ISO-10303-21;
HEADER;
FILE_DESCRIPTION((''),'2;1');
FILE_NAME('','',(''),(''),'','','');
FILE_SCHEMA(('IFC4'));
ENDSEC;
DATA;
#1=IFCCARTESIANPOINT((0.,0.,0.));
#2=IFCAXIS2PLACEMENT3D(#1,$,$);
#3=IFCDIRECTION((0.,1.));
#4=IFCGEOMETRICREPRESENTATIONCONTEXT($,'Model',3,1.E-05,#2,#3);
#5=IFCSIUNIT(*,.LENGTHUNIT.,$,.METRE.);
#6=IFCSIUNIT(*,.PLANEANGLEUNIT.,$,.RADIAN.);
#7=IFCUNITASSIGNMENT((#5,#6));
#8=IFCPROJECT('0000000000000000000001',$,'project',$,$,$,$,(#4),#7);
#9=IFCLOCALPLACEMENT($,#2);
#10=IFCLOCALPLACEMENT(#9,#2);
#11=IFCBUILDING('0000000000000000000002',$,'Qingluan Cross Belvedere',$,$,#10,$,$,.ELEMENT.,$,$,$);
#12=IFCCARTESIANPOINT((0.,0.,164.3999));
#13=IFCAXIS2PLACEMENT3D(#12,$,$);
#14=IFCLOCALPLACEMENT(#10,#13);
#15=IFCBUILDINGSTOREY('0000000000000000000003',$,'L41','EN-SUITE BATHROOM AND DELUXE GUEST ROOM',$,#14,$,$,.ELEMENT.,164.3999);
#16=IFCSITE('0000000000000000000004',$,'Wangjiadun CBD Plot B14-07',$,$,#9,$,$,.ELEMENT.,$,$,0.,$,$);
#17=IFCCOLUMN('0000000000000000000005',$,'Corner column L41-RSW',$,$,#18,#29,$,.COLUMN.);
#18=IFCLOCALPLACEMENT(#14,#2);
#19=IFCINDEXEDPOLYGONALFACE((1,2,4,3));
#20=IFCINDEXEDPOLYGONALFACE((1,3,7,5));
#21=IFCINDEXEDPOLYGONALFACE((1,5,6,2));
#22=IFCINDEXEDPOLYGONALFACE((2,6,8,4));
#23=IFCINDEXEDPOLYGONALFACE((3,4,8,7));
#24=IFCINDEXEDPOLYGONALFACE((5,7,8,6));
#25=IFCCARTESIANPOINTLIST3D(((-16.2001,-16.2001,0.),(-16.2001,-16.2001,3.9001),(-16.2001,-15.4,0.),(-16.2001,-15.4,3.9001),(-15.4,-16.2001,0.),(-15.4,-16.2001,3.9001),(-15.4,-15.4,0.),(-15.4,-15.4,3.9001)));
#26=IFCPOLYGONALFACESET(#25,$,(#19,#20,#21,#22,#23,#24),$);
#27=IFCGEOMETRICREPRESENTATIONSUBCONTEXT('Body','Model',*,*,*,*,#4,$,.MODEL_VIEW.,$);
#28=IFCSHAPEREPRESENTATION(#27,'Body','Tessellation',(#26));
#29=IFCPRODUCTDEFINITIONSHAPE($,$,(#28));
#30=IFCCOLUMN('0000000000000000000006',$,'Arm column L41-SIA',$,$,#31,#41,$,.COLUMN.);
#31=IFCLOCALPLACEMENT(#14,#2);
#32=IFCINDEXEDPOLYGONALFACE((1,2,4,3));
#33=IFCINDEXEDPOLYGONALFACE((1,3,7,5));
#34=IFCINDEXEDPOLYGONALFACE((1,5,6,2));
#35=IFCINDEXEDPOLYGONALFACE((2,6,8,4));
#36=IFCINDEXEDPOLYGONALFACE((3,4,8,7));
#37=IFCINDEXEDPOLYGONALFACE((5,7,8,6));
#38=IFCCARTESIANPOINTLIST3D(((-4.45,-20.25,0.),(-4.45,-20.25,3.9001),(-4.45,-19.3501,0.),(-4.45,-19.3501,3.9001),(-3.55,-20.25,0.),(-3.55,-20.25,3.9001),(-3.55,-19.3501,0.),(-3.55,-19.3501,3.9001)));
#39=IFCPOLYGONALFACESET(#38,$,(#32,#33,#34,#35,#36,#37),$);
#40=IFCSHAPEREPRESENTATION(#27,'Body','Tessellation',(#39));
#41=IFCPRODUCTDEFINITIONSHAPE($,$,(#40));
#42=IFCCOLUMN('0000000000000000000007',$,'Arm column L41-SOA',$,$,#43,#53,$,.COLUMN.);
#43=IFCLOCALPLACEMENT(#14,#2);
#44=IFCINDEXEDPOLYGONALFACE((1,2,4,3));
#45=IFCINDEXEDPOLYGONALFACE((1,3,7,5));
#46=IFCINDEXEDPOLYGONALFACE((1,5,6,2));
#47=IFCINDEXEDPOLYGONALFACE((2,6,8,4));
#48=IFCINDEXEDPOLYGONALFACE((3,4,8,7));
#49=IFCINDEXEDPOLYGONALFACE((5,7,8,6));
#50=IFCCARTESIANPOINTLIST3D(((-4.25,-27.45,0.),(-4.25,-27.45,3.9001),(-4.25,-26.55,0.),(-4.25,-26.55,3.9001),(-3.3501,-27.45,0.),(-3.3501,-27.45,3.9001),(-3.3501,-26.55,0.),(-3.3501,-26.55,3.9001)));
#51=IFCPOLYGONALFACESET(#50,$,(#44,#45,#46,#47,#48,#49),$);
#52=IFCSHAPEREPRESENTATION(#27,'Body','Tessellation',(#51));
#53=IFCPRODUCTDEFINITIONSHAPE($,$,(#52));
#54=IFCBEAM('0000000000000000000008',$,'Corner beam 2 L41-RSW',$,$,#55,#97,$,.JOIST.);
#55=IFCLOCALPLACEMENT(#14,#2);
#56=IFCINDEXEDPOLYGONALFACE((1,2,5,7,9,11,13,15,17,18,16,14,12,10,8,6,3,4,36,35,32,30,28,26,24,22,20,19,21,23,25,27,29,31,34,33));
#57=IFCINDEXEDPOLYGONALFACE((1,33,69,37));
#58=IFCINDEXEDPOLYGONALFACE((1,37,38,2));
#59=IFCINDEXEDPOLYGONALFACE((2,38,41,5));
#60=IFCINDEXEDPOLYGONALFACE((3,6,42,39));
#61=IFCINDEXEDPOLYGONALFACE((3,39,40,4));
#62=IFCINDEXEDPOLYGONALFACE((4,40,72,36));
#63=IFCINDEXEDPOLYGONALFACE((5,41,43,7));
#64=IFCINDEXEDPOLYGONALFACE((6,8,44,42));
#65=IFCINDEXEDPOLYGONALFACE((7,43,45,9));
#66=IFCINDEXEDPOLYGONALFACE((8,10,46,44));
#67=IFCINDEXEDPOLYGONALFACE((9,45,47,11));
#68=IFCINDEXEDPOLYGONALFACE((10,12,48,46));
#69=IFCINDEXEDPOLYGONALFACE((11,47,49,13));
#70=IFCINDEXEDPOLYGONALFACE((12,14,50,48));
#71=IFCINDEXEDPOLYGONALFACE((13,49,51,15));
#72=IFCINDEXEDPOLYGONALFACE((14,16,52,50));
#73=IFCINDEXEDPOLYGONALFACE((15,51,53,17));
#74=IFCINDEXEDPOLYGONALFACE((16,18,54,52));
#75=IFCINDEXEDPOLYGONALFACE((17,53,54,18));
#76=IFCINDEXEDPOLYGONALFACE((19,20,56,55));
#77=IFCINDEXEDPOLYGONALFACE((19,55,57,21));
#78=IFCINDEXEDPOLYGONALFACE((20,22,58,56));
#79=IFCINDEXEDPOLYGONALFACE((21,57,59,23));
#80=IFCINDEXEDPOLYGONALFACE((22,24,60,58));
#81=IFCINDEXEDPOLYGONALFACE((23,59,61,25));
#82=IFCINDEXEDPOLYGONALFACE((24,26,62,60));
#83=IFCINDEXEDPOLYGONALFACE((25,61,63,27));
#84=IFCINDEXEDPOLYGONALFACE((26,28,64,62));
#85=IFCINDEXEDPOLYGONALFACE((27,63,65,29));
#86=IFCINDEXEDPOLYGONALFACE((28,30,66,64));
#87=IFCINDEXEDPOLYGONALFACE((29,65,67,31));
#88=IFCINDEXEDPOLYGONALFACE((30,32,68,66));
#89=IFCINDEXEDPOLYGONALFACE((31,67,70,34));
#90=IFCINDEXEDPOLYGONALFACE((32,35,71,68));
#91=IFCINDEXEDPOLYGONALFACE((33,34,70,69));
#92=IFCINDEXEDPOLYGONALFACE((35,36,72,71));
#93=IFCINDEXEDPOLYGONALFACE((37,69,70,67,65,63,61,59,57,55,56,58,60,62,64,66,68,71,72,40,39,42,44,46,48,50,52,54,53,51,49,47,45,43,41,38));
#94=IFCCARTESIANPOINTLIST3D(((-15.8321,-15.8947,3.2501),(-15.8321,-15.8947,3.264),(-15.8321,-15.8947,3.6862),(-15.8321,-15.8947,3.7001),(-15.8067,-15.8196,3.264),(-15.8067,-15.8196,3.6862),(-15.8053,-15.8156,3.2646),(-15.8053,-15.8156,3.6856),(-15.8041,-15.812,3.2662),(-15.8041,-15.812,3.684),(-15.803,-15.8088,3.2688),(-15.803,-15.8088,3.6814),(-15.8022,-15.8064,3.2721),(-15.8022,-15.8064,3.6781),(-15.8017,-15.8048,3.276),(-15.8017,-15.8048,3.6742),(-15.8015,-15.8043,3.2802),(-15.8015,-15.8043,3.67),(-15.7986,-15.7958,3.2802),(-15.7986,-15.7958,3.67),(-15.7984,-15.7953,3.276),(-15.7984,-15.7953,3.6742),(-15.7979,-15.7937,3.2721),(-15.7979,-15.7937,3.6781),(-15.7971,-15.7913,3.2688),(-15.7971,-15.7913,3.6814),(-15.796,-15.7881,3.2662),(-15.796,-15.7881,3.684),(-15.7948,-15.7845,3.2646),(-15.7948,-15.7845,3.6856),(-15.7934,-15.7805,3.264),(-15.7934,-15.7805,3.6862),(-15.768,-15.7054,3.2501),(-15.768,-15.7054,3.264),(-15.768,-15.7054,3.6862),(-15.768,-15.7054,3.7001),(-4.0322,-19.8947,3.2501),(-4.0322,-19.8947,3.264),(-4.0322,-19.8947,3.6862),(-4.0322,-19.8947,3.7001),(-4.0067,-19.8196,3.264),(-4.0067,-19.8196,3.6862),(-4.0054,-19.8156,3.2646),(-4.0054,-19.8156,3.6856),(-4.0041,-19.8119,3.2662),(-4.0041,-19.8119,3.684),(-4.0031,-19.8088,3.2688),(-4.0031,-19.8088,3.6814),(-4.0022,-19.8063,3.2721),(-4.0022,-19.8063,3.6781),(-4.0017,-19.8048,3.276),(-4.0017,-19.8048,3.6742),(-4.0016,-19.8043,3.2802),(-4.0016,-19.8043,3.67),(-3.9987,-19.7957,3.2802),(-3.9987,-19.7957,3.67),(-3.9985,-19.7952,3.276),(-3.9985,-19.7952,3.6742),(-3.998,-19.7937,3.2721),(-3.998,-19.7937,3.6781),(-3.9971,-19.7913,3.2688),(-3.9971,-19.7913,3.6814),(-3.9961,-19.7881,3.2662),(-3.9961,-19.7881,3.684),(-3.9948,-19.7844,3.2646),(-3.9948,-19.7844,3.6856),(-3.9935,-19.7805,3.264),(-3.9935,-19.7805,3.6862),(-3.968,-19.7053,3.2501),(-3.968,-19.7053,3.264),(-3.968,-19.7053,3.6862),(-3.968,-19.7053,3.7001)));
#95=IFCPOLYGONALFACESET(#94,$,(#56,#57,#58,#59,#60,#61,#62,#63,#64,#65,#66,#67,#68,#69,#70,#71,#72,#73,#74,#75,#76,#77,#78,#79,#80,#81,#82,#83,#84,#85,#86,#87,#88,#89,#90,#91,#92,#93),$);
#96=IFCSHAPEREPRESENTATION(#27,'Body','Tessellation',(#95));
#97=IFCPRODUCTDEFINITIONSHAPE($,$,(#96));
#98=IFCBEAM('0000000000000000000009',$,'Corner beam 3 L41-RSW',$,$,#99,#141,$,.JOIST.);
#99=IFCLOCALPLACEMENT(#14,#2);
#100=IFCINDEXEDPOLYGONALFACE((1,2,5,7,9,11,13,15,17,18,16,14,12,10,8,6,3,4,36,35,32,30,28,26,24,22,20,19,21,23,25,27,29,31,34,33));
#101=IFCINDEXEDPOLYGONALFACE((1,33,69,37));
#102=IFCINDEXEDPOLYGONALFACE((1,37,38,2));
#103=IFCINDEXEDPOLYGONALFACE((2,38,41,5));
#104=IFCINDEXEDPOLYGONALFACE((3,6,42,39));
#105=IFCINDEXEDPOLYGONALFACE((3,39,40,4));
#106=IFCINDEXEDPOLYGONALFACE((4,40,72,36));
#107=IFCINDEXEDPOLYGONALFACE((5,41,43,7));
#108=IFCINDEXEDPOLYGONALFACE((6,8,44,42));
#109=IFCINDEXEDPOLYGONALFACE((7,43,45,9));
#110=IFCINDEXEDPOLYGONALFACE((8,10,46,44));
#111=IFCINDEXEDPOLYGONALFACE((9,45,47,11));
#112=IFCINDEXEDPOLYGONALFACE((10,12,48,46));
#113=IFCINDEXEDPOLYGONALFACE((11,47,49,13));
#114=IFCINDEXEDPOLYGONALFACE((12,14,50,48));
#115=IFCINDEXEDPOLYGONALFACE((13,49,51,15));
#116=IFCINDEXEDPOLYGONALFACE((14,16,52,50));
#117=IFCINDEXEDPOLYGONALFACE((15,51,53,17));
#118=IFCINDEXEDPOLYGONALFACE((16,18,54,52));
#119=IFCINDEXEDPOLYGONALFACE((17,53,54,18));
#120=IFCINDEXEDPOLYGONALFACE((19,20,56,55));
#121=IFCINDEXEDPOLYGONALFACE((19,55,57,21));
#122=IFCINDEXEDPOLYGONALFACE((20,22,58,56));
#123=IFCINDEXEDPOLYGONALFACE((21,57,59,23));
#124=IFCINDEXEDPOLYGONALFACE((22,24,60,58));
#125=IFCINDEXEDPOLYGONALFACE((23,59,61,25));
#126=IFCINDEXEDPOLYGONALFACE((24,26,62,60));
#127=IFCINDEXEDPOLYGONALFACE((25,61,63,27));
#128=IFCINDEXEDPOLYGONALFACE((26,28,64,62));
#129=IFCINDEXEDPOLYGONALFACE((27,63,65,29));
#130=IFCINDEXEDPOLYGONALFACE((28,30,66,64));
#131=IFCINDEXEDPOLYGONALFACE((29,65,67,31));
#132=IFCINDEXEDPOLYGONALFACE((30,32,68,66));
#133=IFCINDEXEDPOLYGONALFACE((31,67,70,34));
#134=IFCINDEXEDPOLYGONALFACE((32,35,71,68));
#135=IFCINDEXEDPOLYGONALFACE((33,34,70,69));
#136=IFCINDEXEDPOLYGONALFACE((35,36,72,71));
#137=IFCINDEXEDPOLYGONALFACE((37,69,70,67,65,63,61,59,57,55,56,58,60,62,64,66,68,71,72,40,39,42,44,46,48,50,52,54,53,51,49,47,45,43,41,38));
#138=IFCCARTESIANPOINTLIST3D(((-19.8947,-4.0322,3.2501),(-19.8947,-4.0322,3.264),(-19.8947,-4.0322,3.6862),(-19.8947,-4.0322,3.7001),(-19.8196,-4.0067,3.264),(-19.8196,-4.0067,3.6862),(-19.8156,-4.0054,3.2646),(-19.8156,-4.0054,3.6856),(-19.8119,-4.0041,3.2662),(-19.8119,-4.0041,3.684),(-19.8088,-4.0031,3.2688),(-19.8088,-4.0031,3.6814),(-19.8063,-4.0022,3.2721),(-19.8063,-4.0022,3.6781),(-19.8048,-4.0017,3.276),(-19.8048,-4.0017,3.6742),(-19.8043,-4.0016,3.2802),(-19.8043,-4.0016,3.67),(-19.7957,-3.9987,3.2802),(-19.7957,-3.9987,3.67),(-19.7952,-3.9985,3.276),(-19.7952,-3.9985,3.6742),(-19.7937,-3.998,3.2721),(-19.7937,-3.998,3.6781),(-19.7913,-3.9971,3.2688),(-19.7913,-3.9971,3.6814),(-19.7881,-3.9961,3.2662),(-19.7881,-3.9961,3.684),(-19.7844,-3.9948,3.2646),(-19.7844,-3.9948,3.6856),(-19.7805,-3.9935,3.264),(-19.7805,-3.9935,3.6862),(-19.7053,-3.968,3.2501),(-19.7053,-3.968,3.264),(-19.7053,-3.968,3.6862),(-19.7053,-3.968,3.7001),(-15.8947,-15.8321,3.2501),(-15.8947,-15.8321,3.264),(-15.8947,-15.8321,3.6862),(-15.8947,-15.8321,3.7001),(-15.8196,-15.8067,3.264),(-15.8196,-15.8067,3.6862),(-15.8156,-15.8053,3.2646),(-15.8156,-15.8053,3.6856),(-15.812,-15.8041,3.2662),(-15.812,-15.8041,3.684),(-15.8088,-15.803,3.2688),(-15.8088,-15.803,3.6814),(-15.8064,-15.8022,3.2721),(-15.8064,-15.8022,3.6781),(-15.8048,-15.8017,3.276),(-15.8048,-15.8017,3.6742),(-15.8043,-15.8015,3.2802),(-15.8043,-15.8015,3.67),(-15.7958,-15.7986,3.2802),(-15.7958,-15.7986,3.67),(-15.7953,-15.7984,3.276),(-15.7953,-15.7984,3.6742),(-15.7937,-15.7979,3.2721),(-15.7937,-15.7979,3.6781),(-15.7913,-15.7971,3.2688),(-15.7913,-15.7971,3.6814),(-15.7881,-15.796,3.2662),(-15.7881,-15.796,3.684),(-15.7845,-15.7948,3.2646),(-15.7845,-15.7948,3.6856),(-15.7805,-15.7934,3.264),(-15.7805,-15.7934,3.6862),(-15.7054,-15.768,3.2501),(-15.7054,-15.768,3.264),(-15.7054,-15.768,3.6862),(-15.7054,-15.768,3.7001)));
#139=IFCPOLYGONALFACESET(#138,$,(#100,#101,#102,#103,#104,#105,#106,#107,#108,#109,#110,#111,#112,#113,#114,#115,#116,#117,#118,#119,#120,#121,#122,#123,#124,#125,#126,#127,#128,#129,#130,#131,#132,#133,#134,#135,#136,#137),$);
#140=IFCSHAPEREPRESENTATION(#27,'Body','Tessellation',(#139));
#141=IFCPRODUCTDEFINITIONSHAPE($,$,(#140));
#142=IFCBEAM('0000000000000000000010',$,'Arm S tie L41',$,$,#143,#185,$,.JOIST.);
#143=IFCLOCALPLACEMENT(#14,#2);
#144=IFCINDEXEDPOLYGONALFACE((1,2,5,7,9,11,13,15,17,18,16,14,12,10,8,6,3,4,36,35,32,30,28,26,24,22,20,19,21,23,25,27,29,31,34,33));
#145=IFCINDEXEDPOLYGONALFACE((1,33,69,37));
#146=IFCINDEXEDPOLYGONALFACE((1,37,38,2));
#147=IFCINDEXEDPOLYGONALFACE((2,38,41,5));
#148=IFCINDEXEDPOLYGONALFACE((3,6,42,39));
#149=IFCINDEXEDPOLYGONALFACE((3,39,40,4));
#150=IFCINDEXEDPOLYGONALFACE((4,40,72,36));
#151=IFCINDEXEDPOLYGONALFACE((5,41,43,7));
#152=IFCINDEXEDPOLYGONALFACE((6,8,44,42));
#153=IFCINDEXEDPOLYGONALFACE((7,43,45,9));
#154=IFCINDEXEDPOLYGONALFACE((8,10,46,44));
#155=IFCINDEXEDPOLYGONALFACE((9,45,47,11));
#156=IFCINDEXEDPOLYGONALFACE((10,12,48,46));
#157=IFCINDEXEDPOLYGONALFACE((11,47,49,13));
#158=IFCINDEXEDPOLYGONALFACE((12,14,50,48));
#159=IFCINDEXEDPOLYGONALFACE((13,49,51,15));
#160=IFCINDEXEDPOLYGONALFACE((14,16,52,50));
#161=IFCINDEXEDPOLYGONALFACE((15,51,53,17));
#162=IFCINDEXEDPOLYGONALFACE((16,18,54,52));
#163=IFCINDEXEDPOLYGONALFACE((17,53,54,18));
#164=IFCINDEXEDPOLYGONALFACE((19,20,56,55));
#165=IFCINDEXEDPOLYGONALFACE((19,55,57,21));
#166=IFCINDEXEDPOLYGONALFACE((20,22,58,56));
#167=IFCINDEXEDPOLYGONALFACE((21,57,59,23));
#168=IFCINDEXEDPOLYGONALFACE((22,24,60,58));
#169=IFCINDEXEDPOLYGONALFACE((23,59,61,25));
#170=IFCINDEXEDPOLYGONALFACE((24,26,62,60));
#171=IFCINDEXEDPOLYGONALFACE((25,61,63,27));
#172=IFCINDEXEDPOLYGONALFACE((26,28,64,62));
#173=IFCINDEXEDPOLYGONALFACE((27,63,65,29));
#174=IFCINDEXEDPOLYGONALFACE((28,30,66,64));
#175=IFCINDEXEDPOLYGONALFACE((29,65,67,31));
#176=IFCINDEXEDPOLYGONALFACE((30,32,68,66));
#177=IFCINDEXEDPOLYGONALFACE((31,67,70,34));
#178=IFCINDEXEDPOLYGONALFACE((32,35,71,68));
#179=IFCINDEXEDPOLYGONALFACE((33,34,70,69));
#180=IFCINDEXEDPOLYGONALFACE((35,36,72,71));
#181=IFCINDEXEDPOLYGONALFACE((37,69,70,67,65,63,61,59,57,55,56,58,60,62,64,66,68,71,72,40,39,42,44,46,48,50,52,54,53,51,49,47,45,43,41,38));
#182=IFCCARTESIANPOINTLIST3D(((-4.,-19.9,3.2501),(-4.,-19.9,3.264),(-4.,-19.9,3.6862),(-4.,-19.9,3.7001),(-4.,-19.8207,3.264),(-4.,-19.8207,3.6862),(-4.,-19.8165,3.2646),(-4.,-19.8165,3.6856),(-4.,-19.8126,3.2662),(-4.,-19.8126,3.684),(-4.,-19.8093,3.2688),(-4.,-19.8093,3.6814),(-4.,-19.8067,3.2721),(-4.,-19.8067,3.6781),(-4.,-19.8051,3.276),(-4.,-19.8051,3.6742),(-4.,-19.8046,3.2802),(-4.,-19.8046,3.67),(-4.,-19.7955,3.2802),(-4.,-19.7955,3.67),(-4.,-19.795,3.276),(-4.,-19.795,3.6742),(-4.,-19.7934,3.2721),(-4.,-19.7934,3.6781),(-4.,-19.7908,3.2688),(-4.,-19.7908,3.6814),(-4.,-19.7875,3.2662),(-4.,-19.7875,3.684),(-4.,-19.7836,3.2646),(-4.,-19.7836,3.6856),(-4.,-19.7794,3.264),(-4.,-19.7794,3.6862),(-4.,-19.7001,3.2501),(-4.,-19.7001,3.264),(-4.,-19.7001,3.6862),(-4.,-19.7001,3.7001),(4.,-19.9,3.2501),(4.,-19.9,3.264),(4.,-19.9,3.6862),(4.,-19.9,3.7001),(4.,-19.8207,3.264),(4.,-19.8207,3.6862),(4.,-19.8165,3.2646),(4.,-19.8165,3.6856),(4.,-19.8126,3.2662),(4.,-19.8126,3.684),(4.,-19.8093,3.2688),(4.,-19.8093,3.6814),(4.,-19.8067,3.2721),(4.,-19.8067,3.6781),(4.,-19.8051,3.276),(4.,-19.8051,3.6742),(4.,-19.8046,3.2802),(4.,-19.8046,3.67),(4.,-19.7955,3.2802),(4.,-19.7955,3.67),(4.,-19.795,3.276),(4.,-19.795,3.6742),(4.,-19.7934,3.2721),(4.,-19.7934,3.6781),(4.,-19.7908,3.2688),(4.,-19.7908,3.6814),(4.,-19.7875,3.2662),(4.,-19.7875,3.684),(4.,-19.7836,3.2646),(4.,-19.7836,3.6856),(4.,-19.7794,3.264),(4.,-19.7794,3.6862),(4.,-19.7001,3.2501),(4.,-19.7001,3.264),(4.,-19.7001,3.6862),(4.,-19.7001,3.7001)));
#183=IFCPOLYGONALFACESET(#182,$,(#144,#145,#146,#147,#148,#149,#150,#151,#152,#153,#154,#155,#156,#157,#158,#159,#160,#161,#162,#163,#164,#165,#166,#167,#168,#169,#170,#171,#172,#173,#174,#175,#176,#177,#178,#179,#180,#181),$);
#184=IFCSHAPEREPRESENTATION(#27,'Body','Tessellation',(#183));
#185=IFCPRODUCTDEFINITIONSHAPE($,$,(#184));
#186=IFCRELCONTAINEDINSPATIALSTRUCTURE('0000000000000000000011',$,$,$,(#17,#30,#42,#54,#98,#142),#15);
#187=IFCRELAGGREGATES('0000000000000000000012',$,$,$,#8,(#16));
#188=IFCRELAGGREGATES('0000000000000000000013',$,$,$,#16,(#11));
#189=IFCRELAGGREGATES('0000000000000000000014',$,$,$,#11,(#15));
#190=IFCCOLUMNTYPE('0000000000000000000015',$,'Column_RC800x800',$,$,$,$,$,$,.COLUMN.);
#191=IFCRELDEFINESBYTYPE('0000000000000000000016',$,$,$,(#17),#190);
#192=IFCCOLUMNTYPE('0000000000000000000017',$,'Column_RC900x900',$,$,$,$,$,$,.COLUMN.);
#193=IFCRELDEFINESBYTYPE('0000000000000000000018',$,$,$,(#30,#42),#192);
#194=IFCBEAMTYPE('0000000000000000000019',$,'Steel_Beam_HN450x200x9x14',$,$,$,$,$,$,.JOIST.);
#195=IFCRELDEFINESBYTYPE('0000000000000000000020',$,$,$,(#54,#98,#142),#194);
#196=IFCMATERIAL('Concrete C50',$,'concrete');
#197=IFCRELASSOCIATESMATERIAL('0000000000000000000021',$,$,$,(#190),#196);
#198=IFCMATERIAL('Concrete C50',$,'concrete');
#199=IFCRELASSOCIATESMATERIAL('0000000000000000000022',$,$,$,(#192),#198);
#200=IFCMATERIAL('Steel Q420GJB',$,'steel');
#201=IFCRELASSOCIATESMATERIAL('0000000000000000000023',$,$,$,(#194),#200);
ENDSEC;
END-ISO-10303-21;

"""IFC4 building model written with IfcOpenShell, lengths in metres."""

from ifc_helpers import new_model, si_unit, direction, frame, origin, origin_2d, place, context, subcontext, project, spatial, rectangle, i_section, extrude, material, material_profile, profile_set, type_object, element, save


model = new_model("IFC4")

# Units and contexts
model_context = context("Model", 3, precision=1e-05, world=origin(), true_north=direction((0.0, 1.0)))
body_context = subcontext(model_context, "Body", "Model", "MODEL_VIEW")
ifc_project = project(units=[si_unit("LENGTHUNIT", "METRE"), si_unit("PLANEANGLEUNIT", "RADIAN")], contexts=[model_context])

# Site, building, storey
site_placement = place(None, origin())
site = spatial("IfcSite", under=ifc_project, at=site_placement, Name="Wangjiadun CBD Plot B14-07", CompositionType="ELEMENT", RefElevation=0.0)
building_placement = place(site_placement, origin())
building = spatial("IfcBuilding", under=site, at=building_placement, Name="Qingluan Cross Belvedere", CompositionType="ELEMENT")
storey_placement = place(building_placement, frame((0.0, 0.0, 164.3999)))
storey = spatial("IfcBuildingStorey", under=building, at=storey_placement, Name="L41", Description="EN-SUITE BATHROOM AND DELUXE GUEST ROOM", CompositionType="ELEMENT", Elevation=164.3999)

# Columns
ifc_material_1 = material(Name="Concrete C50", Category="concrete")
ifc_material_profile_1 = material_profile(ifc_material_1, rectangle(XDim=0.8, YDim=0.8, at=origin_2d()), Name="RC800x800")
ifc_profile_set_1 = profile_set([ifc_material_profile_1], Name="Concrete C50")
column_type_1 = type_object("IfcColumnType", Name="Column_RC800x800", PredefinedType="COLUMN", material=ifc_profile_set_1)
column_placement = place(storey_placement, frame((-15.8, -15.8, 0.0), z_axis=(0.0, 0.0, 1.0), x_axis=(1.0, 0.0, 0.0)))
element("IfcColumn", 1, at=column_placement, inside=storey, type_object=column_type_1, Name="Corner column L41-RSW", PredefinedType="COLUMN", context=body_context, shape_type="SweptSolid", body=[
    extrude(rectangle(XDim=0.8, YDim=0.8, at=origin_2d()), origin(), (0.0, 0.0, 1.0), 3.9001),
])
ifc_material_2 = material(Name="Concrete C50", Category="concrete")
ifc_material_profile_2 = material_profile(ifc_material_2, rectangle(XDim=0.8999, YDim=0.8999, at=origin_2d()), Name="RC900x900")
ifc_profile_set_2 = profile_set([ifc_material_profile_2], Name="Concrete C50")
column_type_2 = type_object("IfcColumnType", Name="Column_RC900x900", PredefinedType="COLUMN", material=ifc_profile_set_2)
for number, where, z_axis, x_axis, name in (
    (2, (-4.0, -19.8, 0.0), (0.0, 0.0, 1.0), (1.0, 0.0, 0.0), "Arm column L41-SIA"),
    (3, (-3.8, -27.0, 0.0), (0.0, 0.0, 1.0), (1.0, 0.0, 0.0), "Arm column L41-SOA"),
):
    element("IfcColumn", number, at=place(storey_placement, frame(where, z_axis=z_axis, x_axis=x_axis)), inside=storey, type_object=column_type_2, Name=name, PredefinedType="COLUMN", context=body_context, shape_type="SweptSolid", body=[
        extrude(rectangle(XDim=0.8999, YDim=0.8999, at=origin_2d()), origin(), (0.0, 0.0, 1.0), 3.9001),
    ])

# Beams
ifc_material_3 = material(Name="Steel Q420GJB", Category="steel")
ifc_material_profile_3 = material_profile(ifc_material_3, i_section(OverallWidth=0.2, OverallDepth=0.45, WebThickness=0.009, FlangeThickness=0.0139, FilletRadius=0.0161, at=origin_2d()), Name="HN450x200x9x14")
ifc_profile_set_3 = profile_set([ifc_material_profile_3], Name="Steel Q420GJB")
beam_type_1 = type_object("IfcBeamType", Name="Steel_Beam_HN450x200x9x14", PredefinedType="JOIST", material=ifc_profile_set_3)
for number, where, z_axis, x_axis, name in (
    (4, (-15.8, -15.8, 3.4751), (0.947066, -0.321038, 0.0), (0.321038, 0.947066, 0.0), "Corner beam 2 L41-RSW"),
    (5, (-15.8, -15.8, 3.4751), (-0.321038, 0.947066, 0.0), (-0.947066, -0.321038, 0.0), "Corner beam 3 L41-RSW"),
):
    element("IfcBeam", number, at=place(storey_placement, frame(where, z_axis=z_axis, x_axis=x_axis)), inside=storey, type_object=beam_type_1, Name=name, PredefinedType="JOIST", context=body_context, shape_type="SweptSolid", body=[
        extrude(i_section(OverallWidth=0.2, OverallDepth=0.45, WebThickness=0.009, FlangeThickness=0.0139, FilletRadius=0.0161, at=origin_2d()), origin(), (0.0, 0.0, 1.0), 12.4595),
    ])
for number, where, z_axis, x_axis, name in (
    (6, (-4.0, -19.8, 3.4751), (1.0, 0.0, 0.0), (0.0, 1.0, 0.0), "Arm S tie L41"),
):
    element("IfcBeam", number, at=place(storey_placement, frame(where, z_axis=z_axis, x_axis=x_axis)), inside=storey, type_object=beam_type_1, Name=name, PredefinedType="JOIST", context=body_context, shape_type="SweptSolid", body=[
        extrude(i_section(OverallWidth=0.2, OverallDepth=0.45, WebThickness=0.009, FlangeThickness=0.0139, FilletRadius=0.0161, at=origin_2d()), origin(), (0.0, 0.0, 1.0), 8.0),
    ])

save(model, "model.ifc")
